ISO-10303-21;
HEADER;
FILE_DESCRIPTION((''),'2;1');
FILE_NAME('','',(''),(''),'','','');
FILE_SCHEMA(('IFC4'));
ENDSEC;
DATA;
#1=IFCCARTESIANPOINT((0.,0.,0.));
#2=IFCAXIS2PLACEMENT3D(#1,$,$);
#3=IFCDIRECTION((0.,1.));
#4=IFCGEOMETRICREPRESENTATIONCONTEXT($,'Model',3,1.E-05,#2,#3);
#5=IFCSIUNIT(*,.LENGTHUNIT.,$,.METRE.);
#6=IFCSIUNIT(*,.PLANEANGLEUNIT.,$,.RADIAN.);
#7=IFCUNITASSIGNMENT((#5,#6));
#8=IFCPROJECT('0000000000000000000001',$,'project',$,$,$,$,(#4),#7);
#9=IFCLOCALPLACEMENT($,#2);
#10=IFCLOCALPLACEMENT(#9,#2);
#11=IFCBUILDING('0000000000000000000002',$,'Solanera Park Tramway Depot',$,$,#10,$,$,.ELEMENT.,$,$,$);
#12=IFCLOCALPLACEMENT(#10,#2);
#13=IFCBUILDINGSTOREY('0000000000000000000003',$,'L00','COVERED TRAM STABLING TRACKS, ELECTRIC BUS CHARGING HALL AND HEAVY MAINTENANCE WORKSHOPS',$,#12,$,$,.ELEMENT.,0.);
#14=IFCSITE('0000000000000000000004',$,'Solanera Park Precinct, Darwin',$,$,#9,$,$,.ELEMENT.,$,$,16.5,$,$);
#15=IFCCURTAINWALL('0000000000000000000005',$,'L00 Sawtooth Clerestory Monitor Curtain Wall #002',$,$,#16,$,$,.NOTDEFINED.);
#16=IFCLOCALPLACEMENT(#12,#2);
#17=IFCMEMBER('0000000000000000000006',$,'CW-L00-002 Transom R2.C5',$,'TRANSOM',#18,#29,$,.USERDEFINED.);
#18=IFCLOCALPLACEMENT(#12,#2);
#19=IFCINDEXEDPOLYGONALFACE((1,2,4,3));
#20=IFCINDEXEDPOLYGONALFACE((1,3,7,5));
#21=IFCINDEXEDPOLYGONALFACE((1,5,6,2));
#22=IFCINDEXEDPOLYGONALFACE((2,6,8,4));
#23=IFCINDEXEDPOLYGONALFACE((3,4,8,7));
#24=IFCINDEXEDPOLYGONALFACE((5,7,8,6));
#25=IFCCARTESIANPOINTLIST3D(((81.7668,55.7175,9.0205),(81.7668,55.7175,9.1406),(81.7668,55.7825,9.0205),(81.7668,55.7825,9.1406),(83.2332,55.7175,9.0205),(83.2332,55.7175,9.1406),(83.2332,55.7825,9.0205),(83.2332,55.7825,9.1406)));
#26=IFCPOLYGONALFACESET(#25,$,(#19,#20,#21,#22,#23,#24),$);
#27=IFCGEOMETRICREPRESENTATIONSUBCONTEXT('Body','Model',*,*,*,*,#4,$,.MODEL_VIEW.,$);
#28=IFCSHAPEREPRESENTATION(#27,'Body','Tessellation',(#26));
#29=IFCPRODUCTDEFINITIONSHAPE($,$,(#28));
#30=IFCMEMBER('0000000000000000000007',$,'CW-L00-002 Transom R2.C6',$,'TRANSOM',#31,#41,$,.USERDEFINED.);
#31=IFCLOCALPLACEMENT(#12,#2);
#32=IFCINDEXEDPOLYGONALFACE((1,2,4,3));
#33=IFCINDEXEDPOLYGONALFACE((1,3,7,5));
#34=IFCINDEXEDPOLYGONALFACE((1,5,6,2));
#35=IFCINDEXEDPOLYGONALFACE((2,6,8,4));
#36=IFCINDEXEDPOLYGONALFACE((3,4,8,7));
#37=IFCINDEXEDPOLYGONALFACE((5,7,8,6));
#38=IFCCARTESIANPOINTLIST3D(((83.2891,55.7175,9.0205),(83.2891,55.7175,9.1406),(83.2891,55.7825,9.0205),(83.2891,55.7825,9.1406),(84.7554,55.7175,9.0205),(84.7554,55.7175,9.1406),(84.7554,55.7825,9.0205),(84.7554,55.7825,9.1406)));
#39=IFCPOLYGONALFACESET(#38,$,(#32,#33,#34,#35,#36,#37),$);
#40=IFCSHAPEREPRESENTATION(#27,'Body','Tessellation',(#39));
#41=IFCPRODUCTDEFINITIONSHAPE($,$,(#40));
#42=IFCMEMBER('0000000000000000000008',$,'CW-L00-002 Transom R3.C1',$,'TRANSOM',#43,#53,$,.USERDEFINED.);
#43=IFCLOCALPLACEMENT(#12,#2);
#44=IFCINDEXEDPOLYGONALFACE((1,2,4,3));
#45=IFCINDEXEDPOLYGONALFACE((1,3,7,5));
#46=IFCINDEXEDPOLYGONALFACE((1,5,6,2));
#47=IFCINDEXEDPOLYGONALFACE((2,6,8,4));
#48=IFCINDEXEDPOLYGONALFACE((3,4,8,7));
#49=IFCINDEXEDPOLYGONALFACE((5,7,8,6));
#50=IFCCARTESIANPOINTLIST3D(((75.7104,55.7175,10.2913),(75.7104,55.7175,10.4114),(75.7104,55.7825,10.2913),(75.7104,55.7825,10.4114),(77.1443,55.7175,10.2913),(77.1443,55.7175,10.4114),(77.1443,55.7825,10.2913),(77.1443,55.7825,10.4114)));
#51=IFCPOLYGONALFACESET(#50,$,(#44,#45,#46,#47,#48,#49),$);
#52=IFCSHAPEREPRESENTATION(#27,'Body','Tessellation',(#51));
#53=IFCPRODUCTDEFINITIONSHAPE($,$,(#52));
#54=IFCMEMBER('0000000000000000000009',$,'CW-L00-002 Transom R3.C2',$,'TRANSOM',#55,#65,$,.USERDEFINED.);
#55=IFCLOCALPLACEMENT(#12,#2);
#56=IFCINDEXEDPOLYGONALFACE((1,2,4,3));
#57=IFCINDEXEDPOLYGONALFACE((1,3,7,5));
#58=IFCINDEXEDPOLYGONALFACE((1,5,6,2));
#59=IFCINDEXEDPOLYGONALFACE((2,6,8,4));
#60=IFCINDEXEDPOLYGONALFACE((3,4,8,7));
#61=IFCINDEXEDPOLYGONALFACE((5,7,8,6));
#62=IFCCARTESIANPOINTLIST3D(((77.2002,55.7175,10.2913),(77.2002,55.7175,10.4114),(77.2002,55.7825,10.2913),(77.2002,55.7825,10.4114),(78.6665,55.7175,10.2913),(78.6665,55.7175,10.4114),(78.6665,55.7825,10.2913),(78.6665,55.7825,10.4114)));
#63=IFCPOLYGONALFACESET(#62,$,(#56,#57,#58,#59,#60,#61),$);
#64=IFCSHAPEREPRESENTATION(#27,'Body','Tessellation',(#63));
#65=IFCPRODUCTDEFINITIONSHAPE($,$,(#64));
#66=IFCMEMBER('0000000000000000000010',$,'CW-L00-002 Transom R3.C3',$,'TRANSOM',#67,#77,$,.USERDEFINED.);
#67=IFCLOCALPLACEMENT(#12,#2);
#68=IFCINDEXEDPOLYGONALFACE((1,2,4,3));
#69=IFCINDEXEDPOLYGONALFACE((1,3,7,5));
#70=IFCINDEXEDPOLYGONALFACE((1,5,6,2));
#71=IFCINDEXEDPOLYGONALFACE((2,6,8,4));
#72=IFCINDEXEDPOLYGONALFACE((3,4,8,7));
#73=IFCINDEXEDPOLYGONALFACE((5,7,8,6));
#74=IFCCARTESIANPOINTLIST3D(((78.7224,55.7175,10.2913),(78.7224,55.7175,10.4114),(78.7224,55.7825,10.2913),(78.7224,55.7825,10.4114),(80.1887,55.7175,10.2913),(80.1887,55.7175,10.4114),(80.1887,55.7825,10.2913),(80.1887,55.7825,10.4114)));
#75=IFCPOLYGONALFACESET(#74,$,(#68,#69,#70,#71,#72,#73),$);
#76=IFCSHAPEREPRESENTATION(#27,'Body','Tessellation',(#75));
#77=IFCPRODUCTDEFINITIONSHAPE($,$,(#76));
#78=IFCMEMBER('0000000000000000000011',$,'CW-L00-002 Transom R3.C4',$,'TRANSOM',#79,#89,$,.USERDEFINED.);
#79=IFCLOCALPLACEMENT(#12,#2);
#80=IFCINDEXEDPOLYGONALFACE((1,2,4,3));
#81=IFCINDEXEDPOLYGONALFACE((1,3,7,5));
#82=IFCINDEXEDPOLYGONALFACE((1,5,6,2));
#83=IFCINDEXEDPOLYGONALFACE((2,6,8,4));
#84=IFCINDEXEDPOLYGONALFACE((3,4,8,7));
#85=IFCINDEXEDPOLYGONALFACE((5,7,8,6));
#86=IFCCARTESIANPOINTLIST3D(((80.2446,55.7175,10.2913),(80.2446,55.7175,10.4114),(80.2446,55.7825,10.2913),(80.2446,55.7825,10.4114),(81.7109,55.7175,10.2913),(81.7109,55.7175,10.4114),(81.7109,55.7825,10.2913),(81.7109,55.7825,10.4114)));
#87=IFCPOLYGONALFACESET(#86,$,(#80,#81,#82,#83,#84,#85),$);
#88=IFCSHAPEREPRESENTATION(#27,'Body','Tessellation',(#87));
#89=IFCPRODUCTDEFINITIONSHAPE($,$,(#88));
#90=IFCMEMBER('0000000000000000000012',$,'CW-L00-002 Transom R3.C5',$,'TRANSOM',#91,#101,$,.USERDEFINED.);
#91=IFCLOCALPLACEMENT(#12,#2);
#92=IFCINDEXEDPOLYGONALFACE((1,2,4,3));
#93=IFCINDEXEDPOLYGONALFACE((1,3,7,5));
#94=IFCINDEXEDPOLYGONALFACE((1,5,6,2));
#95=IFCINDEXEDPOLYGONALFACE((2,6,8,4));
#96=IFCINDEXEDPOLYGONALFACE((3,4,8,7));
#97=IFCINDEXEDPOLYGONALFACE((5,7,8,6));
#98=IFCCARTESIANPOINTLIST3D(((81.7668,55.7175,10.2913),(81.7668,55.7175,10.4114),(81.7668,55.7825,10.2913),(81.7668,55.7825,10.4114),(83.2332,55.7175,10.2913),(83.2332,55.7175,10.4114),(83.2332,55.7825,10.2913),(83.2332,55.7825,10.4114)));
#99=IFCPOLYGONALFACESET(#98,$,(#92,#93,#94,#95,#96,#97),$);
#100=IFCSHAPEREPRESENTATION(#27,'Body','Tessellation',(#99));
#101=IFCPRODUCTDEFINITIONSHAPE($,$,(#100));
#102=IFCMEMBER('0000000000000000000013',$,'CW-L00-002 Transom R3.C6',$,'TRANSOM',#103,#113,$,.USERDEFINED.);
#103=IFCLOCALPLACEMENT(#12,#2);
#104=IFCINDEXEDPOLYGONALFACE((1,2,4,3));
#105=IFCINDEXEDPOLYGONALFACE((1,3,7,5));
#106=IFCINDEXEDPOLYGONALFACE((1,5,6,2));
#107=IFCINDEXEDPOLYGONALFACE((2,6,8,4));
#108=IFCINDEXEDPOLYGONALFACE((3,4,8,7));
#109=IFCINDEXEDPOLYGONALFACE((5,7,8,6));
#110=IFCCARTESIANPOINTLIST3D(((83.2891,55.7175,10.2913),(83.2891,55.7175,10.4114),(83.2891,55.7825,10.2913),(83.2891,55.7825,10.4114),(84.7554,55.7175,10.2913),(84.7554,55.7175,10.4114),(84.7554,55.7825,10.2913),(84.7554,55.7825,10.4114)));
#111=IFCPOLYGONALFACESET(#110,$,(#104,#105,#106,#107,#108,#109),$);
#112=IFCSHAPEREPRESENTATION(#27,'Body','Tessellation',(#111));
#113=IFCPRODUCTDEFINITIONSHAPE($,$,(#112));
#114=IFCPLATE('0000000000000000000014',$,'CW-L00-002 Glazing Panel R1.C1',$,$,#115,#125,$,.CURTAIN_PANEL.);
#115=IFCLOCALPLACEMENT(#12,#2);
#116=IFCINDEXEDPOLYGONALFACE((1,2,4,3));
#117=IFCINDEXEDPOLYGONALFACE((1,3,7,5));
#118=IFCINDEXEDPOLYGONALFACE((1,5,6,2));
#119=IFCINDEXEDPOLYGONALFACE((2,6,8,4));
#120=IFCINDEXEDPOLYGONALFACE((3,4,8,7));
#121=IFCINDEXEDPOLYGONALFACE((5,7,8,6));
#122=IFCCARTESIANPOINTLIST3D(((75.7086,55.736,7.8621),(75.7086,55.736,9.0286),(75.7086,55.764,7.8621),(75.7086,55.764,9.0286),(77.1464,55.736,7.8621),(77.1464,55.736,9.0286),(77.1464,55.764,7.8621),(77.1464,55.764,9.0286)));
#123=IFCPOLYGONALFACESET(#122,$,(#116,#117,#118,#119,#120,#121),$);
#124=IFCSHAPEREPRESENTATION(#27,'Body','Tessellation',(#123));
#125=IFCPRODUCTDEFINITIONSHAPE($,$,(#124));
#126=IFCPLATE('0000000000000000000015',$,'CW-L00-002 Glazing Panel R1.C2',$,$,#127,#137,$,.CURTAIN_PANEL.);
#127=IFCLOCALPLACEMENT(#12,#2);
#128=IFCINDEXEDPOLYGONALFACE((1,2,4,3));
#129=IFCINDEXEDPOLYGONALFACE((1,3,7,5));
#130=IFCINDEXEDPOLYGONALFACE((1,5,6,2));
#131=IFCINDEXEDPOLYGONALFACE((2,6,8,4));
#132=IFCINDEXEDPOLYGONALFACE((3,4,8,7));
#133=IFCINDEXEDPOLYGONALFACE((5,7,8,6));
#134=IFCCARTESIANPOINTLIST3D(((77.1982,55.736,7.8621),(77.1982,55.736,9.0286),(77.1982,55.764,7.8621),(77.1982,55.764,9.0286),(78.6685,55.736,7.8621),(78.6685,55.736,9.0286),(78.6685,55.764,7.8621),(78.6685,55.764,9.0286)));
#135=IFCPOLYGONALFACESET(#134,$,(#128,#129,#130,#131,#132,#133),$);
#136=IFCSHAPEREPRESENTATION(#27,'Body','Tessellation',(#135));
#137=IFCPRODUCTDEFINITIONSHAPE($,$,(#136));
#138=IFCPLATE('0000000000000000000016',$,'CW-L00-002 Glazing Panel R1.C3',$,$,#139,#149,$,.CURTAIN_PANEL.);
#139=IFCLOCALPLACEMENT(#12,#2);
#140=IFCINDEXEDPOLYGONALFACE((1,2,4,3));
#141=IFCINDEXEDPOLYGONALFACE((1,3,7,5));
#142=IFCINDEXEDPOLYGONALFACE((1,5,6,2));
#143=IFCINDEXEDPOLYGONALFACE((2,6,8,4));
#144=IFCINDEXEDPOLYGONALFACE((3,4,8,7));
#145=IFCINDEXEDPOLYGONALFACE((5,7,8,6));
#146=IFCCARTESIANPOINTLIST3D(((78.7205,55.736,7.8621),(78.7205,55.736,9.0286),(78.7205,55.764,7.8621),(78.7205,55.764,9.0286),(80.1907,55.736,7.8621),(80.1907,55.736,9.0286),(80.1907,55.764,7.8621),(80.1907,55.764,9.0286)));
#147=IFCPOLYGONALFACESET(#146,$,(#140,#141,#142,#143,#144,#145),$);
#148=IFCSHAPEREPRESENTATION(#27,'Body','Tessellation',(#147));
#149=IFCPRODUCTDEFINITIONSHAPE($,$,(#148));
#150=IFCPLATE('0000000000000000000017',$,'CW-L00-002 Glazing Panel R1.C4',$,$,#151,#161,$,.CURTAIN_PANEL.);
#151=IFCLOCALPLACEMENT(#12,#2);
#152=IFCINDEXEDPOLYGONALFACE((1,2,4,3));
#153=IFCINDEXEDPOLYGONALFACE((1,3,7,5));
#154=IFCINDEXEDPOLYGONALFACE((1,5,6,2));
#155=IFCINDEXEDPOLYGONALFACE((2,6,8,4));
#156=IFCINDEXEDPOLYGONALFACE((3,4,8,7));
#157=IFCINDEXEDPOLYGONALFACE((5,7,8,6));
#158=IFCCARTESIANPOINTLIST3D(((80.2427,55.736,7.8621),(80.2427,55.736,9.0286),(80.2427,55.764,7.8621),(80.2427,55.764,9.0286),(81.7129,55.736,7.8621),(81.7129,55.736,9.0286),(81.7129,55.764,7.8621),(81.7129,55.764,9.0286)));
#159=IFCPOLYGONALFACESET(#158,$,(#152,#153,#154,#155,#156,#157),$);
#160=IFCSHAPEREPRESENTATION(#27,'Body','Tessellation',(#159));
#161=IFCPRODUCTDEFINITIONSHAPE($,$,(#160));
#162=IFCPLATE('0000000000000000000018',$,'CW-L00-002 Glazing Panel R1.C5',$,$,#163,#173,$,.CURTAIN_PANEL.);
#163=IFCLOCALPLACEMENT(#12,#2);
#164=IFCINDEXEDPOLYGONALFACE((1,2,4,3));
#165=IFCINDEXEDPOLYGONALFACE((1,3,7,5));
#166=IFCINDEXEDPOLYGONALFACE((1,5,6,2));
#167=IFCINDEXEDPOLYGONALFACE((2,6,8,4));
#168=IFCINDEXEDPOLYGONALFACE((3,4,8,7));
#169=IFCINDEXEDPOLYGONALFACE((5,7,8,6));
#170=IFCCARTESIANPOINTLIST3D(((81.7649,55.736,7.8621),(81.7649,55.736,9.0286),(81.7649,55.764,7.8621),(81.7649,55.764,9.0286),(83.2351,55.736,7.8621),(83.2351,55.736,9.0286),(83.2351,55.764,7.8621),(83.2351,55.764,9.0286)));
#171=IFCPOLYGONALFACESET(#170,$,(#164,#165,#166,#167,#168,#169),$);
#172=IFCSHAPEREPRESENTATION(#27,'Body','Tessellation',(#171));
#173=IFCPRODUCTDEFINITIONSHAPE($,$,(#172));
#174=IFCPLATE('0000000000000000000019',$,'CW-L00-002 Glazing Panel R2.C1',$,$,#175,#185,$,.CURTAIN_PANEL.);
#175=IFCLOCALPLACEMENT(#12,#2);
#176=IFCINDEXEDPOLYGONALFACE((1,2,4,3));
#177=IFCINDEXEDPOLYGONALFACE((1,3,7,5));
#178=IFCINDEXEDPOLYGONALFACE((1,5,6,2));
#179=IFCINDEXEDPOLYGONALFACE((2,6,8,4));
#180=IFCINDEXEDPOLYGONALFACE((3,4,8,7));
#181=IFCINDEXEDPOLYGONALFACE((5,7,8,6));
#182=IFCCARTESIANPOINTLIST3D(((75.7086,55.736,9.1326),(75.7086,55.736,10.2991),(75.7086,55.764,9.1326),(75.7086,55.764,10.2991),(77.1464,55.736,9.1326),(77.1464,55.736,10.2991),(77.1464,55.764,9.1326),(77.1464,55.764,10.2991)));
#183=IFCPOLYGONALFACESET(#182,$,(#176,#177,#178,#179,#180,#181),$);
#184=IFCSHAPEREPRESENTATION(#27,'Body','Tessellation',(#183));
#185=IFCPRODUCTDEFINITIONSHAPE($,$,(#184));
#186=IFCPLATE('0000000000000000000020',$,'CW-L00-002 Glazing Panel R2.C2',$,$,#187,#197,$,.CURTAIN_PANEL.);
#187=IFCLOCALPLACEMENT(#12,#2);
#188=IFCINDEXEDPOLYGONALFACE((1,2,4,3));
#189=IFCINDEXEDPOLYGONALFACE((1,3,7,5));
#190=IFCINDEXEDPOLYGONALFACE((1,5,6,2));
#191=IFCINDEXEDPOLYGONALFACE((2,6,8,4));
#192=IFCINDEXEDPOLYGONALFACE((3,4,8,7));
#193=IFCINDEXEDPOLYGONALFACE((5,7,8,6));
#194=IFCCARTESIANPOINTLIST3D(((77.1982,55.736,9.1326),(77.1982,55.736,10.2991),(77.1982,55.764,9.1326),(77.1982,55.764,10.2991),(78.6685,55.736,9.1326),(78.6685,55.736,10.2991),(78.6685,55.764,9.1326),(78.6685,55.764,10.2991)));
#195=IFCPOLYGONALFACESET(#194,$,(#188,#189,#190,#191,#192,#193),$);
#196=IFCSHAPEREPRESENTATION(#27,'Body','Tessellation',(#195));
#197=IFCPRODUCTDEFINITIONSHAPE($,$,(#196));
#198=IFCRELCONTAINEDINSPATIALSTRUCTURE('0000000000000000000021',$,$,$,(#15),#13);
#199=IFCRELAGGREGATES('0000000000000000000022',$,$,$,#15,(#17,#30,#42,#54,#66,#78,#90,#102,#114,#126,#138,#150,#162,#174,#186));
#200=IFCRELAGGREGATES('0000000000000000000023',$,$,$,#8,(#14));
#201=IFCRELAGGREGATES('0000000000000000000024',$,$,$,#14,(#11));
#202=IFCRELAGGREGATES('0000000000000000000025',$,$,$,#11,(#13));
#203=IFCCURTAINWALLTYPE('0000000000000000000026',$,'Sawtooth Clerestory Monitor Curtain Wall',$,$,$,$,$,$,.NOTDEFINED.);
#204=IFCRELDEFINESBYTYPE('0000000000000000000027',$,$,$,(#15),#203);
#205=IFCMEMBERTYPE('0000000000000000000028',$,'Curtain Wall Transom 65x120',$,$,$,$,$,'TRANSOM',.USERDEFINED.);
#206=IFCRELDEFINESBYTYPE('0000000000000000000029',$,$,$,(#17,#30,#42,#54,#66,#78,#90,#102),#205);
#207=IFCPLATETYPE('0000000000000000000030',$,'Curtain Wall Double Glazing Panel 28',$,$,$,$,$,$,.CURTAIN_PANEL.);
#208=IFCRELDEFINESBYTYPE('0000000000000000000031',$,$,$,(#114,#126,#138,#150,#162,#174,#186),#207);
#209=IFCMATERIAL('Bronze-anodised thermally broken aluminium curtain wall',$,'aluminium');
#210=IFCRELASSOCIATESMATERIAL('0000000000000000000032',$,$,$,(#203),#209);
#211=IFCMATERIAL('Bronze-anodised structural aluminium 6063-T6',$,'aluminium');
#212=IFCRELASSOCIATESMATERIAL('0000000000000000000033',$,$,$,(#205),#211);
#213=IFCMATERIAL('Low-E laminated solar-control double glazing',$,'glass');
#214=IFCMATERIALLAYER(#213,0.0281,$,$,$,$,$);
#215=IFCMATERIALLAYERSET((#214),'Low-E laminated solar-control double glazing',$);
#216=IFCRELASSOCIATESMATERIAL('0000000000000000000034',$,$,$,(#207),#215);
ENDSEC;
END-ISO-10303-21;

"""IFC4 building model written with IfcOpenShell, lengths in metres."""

from ifc_helpers import new_model, si_unit, direction, frame, origin, origin_2d, place, context, subcontext, project, spatial, rectangle, extrude, material, layer, layer_set, material_profile, profile_set, type_object, element, aggregate, save


model = new_model("IFC4")

# Units and contexts
model_context = context("Model", 3, precision=1e-05, world=origin(), true_north=direction((0.0, 1.0)))
body_context = subcontext(model_context, "Body", "Model", "MODEL_VIEW")
ifc_project = project(units=[si_unit("LENGTHUNIT", "METRE"), si_unit("PLANEANGLEUNIT", "RADIAN")], contexts=[model_context])

# Site, building, storey
site_placement = place(None, origin())
site = spatial("IfcSite", under=ifc_project, at=site_placement, Name="Solanera Park Precinct, Darwin", CompositionType="ELEMENT", RefElevation=16.5)
building_placement = place(site_placement, origin())
building = spatial("IfcBuilding", under=site, at=building_placement, Name="Solanera Park Tramway Depot", CompositionType="ELEMENT")
storey_placement = place(building_placement, origin())
storey = spatial("IfcBuildingStorey", under=building, at=storey_placement, Name="L00", Description="COVERED TRAM STABLING TRACKS, ELECTRIC BUS CHARGING HALL AND HEAVY MAINTENANCE WORKSHOPS", CompositionType="ELEMENT", Elevation=0.0)

# Curtain wall, members, plates
ifc_material_1 = material(Name="Bronze-anodised thermally broken aluminium curtain wall", Category="aluminium")
curtain_wall_type = type_object("IfcCurtainWallType", Name="Sawtooth Clerestory Monitor Curtain Wall", PredefinedType="NOTDEFINED", material=ifc_material_1)
curtain_wall_placement = place(storey_placement, origin())
curtain_wall = element("IfcCurtainWall", 1, at=curtain_wall_placement, inside=storey, type_object=curtain_wall_type, Name="L00 Sawtooth Clerestory Monitor Curtain Wall #002", PredefinedType="NOTDEFINED")
ifc_material_2 = material(Name="Bronze-anodised structural aluminium 6063-T6", Category="aluminium")
ifc_material_profile_1 = material_profile(ifc_material_2, rectangle(XDim=0.0649, YDim=0.1201, at=origin_2d()), Name="Curtain Wall Transom 65x120")
ifc_profile_set_1 = profile_set([ifc_material_profile_1], Name="Bronze-anodised structural aluminium 6063-T6")
member_type_1 = type_object("IfcMemberType", Name="Curtain Wall Transom 65x120", ElementType="TRANSOM", PredefinedType="USERDEFINED", material=ifc_profile_set_1)
member_1_placement = place(storey_placement, frame((81.7668, 55.75, 9.0806), z_axis=(1.0, 0.0, 0.0), x_axis=(0.0, 1.0, 0.0)))
member_1 = element("IfcMember", 2, at=member_1_placement, type_object=member_type_1, Name="CW-L00-002 Transom R2.C5", ObjectType="TRANSOM", PredefinedType="USERDEFINED", context=body_context, shape_type="SweptSolid", body=[
    extrude(rectangle(XDim=0.0649, YDim=0.1201, at=origin_2d()), origin(), (0.0, 0.0, 1.0), 1.4663),
])
member_2_placement = place(storey_placement, frame((83.2891, 55.75, 9.0806), z_axis=(1.0, 0.0, 0.0), x_axis=(0.0, 1.0, 0.0)))
member_2 = element("IfcMember", 3, at=member_2_placement, type_object=member_type_1, Name="CW-L00-002 Transom R2.C6", ObjectType="TRANSOM", PredefinedType="USERDEFINED", context=body_context, shape_type="SweptSolid", body=[
    extrude(rectangle(XDim=0.0649, YDim=0.1201, at=origin_2d()), origin(), (0.0, 0.0, 1.0), 1.4663),
])
member_3_placement = place(storey_placement, frame((75.7104, 55.75, 10.3513), z_axis=(1.0, 0.0, 0.0), x_axis=(0.0, 1.0, 0.0)))
member_3 = element("IfcMember", 4, at=member_3_placement, type_object=member_type_1, Name="CW-L00-002 Transom R3.C1", ObjectType="TRANSOM", PredefinedType="USERDEFINED", context=body_context, shape_type="SweptSolid", body=[
    extrude(rectangle(XDim=0.0649, YDim=0.1201, at=origin_2d()), origin(), (0.0, 0.0, 1.0), 1.4338),
])
member_4_placement = place(storey_placement, frame((77.2002, 55.75, 10.3513), z_axis=(1.0, 0.0, 0.0), x_axis=(0.0, 1.0, 0.0)))
member_4 = element("IfcMember", 5, at=member_4_placement, type_object=member_type_1, Name="CW-L00-002 Transom R3.C2", ObjectType="TRANSOM", PredefinedType="USERDEFINED", context=body_context, shape_type="SweptSolid", body=[
    extrude(rectangle(XDim=0.0649, YDim=0.1201, at=origin_2d()), origin(), (0.0, 0.0, 1.0), 1.4663),
])
member_5_placement = place(storey_placement, frame((78.7224, 55.75, 10.3513), z_axis=(1.0, 0.0, 0.0), x_axis=(0.0, 1.0, 0.0)))
member_5 = element("IfcMember", 6, at=member_5_placement, type_object=member_type_1, Name="CW-L00-002 Transom R3.C3", ObjectType="TRANSOM", PredefinedType="USERDEFINED", context=body_context, shape_type="SweptSolid", body=[
    extrude(rectangle(XDim=0.0649, YDim=0.1201, at=origin_2d()), origin(), (0.0, 0.0, 1.0), 1.4663),
])
member_6_placement = place(storey_placement, frame((80.2446, 55.75, 10.3513), z_axis=(1.0, 0.0, 0.0), x_axis=(0.0, 1.0, 0.0)))
member_6 = element("IfcMember", 7, at=member_6_placement, type_object=member_type_1, Name="CW-L00-002 Transom R3.C4", ObjectType="TRANSOM", PredefinedType="USERDEFINED", context=body_context, shape_type="SweptSolid", body=[
    extrude(rectangle(XDim=0.0649, YDim=0.1201, at=origin_2d()), origin(), (0.0, 0.0, 1.0), 1.4663),
])
member_7_placement = place(storey_placement, frame((81.7668, 55.75, 10.3513), z_axis=(1.0, 0.0, 0.0), x_axis=(0.0, 1.0, 0.0)))
member_7 = element("IfcMember", 8, at=member_7_placement, type_object=member_type_1, Name="CW-L00-002 Transom R3.C5", ObjectType="TRANSOM", PredefinedType="USERDEFINED", context=body_context, shape_type="SweptSolid", body=[
    extrude(rectangle(XDim=0.0649, YDim=0.1201, at=origin_2d()), origin(), (0.0, 0.0, 1.0), 1.4663),
])
member_8_placement = place(storey_placement, frame((83.2891, 55.75, 10.3513), z_axis=(1.0, 0.0, 0.0), x_axis=(0.0, 1.0, 0.0)))
member_8 = element("IfcMember", 9, at=member_8_placement, type_object=member_type_1, Name="CW-L00-002 Transom R3.C6", ObjectType="TRANSOM", PredefinedType="USERDEFINED", context=body_context, shape_type="SweptSolid", body=[
    extrude(rectangle(XDim=0.0649, YDim=0.1201, at=origin_2d()), origin(), (0.0, 0.0, 1.0), 1.4663),
])
ifc_material_3 = material(Name="Low-E laminated solar-control double glazing", Category="glass")
ifc_layer = layer(ifc_material_3, 0.0281)
ifc_layer_set = layer_set([ifc_layer], Name="Low-E laminated solar-control double glazing")
plate_type = type_object("IfcPlateType", Name="Curtain Wall Double Glazing Panel 28", PredefinedType="CURTAIN_PANEL", material=ifc_layer_set)
plate_1_placement = place(storey_placement, frame((76.4275, 55.75, 7.8621), z_axis=(0.0, 0.0, 1.0), x_axis=(1.0, 0.0, 0.0)))
plate_1 = element("IfcPlate", 10, at=plate_1_placement, type_object=plate_type, Name="CW-L00-002 Glazing Panel R1.C1", PredefinedType="CURTAIN_PANEL", context=body_context, shape_type="SweptSolid", body=[
    extrude(rectangle(XDim=1.4377, YDim=0.0281, at=origin_2d()), origin(), (0.0, 0.0, 1.0), 1.1665),
])
plate_2_placement = place(storey_placement, frame((77.9333, 55.75, 7.8621), z_axis=(0.0, 0.0, 1.0), x_axis=(1.0, 0.0, 0.0)))
plate_2 = element("IfcPlate", 11, at=plate_2_placement, type_object=plate_type, Name="CW-L00-002 Glazing Panel R1.C2", PredefinedType="CURTAIN_PANEL", context=body_context, shape_type="SweptSolid", body=[
    extrude(rectangle(XDim=1.4702, YDim=0.0281, at=origin_2d()), origin(), (0.0, 0.0, 1.0), 1.1665),
])
plate_3_placement = place(storey_placement, frame((79.4556, 55.75, 7.8621), z_axis=(0.0, 0.0, 1.0), x_axis=(1.0, 0.0, 0.0)))
plate_3 = element("IfcPlate", 12, at=plate_3_placement, type_object=plate_type, Name="CW-L00-002 Glazing Panel R1.C3", PredefinedType="CURTAIN_PANEL", context=body_context, shape_type="SweptSolid", body=[
    extrude(rectangle(XDim=1.4702, YDim=0.0281, at=origin_2d()), origin(), (0.0, 0.0, 1.0), 1.1665),
])
plate_4_placement = place(storey_placement, frame((80.9778, 55.75, 7.8621), z_axis=(0.0, 0.0, 1.0), x_axis=(1.0, 0.0, 0.0)))
plate_4 = element("IfcPlate", 13, at=plate_4_placement, type_object=plate_type, Name="CW-L00-002 Glazing Panel R1.C4", PredefinedType="CURTAIN_PANEL", context=body_context, shape_type="SweptSolid", body=[
    extrude(rectangle(XDim=1.4702, YDim=0.0281, at=origin_2d()), origin(), (0.0, 0.0, 1.0), 1.1665),
])
plate_5_placement = place(storey_placement, frame((82.5, 55.75, 7.8621), z_axis=(0.0, 0.0, 1.0), x_axis=(1.0, 0.0, 0.0)))
plate_5 = element("IfcPlate", 14, at=plate_5_placement, type_object=plate_type, Name="CW-L00-002 Glazing Panel R1.C5", PredefinedType="CURTAIN_PANEL", context=body_context, shape_type="SweptSolid", body=[
    extrude(rectangle(XDim=1.4702, YDim=0.0281, at=origin_2d()), origin(), (0.0, 0.0, 1.0), 1.1665),
])
plate_6_placement = place(storey_placement, frame((76.4275, 55.75, 9.1326), z_axis=(0.0, 0.0, 1.0), x_axis=(1.0, 0.0, 0.0)))
plate_6 = element("IfcPlate", 15, at=plate_6_placement, type_object=plate_type, Name="CW-L00-002 Glazing Panel R2.C1", PredefinedType="CURTAIN_PANEL", context=body_context, shape_type="SweptSolid", body=[
    extrude(rectangle(XDim=1.4377, YDim=0.0281, at=origin_2d()), origin(), (0.0, 0.0, 1.0), 1.1665),
])
plate_7_placement = place(storey_placement, frame((77.9333, 55.75, 9.1326), z_axis=(0.0, 0.0, 1.0), x_axis=(1.0, 0.0, 0.0)))
plate_7 = element("IfcPlate", 16, at=plate_7_placement, type_object=plate_type, Name="CW-L00-002 Glazing Panel R2.C2", PredefinedType="CURTAIN_PANEL", context=body_context, shape_type="SweptSolid", body=[
    extrude(rectangle(XDim=1.4702, YDim=0.0281, at=origin_2d()), origin(), (0.0, 0.0, 1.0), 1.1665),
])
aggregate(curtain_wall, [member_1, member_2, member_3, member_4, member_5, member_6, member_7, member_8, plate_1, plate_2, plate_3, plate_4, plate_5, plate_6, plate_7])

save(model, "model.ifc")
